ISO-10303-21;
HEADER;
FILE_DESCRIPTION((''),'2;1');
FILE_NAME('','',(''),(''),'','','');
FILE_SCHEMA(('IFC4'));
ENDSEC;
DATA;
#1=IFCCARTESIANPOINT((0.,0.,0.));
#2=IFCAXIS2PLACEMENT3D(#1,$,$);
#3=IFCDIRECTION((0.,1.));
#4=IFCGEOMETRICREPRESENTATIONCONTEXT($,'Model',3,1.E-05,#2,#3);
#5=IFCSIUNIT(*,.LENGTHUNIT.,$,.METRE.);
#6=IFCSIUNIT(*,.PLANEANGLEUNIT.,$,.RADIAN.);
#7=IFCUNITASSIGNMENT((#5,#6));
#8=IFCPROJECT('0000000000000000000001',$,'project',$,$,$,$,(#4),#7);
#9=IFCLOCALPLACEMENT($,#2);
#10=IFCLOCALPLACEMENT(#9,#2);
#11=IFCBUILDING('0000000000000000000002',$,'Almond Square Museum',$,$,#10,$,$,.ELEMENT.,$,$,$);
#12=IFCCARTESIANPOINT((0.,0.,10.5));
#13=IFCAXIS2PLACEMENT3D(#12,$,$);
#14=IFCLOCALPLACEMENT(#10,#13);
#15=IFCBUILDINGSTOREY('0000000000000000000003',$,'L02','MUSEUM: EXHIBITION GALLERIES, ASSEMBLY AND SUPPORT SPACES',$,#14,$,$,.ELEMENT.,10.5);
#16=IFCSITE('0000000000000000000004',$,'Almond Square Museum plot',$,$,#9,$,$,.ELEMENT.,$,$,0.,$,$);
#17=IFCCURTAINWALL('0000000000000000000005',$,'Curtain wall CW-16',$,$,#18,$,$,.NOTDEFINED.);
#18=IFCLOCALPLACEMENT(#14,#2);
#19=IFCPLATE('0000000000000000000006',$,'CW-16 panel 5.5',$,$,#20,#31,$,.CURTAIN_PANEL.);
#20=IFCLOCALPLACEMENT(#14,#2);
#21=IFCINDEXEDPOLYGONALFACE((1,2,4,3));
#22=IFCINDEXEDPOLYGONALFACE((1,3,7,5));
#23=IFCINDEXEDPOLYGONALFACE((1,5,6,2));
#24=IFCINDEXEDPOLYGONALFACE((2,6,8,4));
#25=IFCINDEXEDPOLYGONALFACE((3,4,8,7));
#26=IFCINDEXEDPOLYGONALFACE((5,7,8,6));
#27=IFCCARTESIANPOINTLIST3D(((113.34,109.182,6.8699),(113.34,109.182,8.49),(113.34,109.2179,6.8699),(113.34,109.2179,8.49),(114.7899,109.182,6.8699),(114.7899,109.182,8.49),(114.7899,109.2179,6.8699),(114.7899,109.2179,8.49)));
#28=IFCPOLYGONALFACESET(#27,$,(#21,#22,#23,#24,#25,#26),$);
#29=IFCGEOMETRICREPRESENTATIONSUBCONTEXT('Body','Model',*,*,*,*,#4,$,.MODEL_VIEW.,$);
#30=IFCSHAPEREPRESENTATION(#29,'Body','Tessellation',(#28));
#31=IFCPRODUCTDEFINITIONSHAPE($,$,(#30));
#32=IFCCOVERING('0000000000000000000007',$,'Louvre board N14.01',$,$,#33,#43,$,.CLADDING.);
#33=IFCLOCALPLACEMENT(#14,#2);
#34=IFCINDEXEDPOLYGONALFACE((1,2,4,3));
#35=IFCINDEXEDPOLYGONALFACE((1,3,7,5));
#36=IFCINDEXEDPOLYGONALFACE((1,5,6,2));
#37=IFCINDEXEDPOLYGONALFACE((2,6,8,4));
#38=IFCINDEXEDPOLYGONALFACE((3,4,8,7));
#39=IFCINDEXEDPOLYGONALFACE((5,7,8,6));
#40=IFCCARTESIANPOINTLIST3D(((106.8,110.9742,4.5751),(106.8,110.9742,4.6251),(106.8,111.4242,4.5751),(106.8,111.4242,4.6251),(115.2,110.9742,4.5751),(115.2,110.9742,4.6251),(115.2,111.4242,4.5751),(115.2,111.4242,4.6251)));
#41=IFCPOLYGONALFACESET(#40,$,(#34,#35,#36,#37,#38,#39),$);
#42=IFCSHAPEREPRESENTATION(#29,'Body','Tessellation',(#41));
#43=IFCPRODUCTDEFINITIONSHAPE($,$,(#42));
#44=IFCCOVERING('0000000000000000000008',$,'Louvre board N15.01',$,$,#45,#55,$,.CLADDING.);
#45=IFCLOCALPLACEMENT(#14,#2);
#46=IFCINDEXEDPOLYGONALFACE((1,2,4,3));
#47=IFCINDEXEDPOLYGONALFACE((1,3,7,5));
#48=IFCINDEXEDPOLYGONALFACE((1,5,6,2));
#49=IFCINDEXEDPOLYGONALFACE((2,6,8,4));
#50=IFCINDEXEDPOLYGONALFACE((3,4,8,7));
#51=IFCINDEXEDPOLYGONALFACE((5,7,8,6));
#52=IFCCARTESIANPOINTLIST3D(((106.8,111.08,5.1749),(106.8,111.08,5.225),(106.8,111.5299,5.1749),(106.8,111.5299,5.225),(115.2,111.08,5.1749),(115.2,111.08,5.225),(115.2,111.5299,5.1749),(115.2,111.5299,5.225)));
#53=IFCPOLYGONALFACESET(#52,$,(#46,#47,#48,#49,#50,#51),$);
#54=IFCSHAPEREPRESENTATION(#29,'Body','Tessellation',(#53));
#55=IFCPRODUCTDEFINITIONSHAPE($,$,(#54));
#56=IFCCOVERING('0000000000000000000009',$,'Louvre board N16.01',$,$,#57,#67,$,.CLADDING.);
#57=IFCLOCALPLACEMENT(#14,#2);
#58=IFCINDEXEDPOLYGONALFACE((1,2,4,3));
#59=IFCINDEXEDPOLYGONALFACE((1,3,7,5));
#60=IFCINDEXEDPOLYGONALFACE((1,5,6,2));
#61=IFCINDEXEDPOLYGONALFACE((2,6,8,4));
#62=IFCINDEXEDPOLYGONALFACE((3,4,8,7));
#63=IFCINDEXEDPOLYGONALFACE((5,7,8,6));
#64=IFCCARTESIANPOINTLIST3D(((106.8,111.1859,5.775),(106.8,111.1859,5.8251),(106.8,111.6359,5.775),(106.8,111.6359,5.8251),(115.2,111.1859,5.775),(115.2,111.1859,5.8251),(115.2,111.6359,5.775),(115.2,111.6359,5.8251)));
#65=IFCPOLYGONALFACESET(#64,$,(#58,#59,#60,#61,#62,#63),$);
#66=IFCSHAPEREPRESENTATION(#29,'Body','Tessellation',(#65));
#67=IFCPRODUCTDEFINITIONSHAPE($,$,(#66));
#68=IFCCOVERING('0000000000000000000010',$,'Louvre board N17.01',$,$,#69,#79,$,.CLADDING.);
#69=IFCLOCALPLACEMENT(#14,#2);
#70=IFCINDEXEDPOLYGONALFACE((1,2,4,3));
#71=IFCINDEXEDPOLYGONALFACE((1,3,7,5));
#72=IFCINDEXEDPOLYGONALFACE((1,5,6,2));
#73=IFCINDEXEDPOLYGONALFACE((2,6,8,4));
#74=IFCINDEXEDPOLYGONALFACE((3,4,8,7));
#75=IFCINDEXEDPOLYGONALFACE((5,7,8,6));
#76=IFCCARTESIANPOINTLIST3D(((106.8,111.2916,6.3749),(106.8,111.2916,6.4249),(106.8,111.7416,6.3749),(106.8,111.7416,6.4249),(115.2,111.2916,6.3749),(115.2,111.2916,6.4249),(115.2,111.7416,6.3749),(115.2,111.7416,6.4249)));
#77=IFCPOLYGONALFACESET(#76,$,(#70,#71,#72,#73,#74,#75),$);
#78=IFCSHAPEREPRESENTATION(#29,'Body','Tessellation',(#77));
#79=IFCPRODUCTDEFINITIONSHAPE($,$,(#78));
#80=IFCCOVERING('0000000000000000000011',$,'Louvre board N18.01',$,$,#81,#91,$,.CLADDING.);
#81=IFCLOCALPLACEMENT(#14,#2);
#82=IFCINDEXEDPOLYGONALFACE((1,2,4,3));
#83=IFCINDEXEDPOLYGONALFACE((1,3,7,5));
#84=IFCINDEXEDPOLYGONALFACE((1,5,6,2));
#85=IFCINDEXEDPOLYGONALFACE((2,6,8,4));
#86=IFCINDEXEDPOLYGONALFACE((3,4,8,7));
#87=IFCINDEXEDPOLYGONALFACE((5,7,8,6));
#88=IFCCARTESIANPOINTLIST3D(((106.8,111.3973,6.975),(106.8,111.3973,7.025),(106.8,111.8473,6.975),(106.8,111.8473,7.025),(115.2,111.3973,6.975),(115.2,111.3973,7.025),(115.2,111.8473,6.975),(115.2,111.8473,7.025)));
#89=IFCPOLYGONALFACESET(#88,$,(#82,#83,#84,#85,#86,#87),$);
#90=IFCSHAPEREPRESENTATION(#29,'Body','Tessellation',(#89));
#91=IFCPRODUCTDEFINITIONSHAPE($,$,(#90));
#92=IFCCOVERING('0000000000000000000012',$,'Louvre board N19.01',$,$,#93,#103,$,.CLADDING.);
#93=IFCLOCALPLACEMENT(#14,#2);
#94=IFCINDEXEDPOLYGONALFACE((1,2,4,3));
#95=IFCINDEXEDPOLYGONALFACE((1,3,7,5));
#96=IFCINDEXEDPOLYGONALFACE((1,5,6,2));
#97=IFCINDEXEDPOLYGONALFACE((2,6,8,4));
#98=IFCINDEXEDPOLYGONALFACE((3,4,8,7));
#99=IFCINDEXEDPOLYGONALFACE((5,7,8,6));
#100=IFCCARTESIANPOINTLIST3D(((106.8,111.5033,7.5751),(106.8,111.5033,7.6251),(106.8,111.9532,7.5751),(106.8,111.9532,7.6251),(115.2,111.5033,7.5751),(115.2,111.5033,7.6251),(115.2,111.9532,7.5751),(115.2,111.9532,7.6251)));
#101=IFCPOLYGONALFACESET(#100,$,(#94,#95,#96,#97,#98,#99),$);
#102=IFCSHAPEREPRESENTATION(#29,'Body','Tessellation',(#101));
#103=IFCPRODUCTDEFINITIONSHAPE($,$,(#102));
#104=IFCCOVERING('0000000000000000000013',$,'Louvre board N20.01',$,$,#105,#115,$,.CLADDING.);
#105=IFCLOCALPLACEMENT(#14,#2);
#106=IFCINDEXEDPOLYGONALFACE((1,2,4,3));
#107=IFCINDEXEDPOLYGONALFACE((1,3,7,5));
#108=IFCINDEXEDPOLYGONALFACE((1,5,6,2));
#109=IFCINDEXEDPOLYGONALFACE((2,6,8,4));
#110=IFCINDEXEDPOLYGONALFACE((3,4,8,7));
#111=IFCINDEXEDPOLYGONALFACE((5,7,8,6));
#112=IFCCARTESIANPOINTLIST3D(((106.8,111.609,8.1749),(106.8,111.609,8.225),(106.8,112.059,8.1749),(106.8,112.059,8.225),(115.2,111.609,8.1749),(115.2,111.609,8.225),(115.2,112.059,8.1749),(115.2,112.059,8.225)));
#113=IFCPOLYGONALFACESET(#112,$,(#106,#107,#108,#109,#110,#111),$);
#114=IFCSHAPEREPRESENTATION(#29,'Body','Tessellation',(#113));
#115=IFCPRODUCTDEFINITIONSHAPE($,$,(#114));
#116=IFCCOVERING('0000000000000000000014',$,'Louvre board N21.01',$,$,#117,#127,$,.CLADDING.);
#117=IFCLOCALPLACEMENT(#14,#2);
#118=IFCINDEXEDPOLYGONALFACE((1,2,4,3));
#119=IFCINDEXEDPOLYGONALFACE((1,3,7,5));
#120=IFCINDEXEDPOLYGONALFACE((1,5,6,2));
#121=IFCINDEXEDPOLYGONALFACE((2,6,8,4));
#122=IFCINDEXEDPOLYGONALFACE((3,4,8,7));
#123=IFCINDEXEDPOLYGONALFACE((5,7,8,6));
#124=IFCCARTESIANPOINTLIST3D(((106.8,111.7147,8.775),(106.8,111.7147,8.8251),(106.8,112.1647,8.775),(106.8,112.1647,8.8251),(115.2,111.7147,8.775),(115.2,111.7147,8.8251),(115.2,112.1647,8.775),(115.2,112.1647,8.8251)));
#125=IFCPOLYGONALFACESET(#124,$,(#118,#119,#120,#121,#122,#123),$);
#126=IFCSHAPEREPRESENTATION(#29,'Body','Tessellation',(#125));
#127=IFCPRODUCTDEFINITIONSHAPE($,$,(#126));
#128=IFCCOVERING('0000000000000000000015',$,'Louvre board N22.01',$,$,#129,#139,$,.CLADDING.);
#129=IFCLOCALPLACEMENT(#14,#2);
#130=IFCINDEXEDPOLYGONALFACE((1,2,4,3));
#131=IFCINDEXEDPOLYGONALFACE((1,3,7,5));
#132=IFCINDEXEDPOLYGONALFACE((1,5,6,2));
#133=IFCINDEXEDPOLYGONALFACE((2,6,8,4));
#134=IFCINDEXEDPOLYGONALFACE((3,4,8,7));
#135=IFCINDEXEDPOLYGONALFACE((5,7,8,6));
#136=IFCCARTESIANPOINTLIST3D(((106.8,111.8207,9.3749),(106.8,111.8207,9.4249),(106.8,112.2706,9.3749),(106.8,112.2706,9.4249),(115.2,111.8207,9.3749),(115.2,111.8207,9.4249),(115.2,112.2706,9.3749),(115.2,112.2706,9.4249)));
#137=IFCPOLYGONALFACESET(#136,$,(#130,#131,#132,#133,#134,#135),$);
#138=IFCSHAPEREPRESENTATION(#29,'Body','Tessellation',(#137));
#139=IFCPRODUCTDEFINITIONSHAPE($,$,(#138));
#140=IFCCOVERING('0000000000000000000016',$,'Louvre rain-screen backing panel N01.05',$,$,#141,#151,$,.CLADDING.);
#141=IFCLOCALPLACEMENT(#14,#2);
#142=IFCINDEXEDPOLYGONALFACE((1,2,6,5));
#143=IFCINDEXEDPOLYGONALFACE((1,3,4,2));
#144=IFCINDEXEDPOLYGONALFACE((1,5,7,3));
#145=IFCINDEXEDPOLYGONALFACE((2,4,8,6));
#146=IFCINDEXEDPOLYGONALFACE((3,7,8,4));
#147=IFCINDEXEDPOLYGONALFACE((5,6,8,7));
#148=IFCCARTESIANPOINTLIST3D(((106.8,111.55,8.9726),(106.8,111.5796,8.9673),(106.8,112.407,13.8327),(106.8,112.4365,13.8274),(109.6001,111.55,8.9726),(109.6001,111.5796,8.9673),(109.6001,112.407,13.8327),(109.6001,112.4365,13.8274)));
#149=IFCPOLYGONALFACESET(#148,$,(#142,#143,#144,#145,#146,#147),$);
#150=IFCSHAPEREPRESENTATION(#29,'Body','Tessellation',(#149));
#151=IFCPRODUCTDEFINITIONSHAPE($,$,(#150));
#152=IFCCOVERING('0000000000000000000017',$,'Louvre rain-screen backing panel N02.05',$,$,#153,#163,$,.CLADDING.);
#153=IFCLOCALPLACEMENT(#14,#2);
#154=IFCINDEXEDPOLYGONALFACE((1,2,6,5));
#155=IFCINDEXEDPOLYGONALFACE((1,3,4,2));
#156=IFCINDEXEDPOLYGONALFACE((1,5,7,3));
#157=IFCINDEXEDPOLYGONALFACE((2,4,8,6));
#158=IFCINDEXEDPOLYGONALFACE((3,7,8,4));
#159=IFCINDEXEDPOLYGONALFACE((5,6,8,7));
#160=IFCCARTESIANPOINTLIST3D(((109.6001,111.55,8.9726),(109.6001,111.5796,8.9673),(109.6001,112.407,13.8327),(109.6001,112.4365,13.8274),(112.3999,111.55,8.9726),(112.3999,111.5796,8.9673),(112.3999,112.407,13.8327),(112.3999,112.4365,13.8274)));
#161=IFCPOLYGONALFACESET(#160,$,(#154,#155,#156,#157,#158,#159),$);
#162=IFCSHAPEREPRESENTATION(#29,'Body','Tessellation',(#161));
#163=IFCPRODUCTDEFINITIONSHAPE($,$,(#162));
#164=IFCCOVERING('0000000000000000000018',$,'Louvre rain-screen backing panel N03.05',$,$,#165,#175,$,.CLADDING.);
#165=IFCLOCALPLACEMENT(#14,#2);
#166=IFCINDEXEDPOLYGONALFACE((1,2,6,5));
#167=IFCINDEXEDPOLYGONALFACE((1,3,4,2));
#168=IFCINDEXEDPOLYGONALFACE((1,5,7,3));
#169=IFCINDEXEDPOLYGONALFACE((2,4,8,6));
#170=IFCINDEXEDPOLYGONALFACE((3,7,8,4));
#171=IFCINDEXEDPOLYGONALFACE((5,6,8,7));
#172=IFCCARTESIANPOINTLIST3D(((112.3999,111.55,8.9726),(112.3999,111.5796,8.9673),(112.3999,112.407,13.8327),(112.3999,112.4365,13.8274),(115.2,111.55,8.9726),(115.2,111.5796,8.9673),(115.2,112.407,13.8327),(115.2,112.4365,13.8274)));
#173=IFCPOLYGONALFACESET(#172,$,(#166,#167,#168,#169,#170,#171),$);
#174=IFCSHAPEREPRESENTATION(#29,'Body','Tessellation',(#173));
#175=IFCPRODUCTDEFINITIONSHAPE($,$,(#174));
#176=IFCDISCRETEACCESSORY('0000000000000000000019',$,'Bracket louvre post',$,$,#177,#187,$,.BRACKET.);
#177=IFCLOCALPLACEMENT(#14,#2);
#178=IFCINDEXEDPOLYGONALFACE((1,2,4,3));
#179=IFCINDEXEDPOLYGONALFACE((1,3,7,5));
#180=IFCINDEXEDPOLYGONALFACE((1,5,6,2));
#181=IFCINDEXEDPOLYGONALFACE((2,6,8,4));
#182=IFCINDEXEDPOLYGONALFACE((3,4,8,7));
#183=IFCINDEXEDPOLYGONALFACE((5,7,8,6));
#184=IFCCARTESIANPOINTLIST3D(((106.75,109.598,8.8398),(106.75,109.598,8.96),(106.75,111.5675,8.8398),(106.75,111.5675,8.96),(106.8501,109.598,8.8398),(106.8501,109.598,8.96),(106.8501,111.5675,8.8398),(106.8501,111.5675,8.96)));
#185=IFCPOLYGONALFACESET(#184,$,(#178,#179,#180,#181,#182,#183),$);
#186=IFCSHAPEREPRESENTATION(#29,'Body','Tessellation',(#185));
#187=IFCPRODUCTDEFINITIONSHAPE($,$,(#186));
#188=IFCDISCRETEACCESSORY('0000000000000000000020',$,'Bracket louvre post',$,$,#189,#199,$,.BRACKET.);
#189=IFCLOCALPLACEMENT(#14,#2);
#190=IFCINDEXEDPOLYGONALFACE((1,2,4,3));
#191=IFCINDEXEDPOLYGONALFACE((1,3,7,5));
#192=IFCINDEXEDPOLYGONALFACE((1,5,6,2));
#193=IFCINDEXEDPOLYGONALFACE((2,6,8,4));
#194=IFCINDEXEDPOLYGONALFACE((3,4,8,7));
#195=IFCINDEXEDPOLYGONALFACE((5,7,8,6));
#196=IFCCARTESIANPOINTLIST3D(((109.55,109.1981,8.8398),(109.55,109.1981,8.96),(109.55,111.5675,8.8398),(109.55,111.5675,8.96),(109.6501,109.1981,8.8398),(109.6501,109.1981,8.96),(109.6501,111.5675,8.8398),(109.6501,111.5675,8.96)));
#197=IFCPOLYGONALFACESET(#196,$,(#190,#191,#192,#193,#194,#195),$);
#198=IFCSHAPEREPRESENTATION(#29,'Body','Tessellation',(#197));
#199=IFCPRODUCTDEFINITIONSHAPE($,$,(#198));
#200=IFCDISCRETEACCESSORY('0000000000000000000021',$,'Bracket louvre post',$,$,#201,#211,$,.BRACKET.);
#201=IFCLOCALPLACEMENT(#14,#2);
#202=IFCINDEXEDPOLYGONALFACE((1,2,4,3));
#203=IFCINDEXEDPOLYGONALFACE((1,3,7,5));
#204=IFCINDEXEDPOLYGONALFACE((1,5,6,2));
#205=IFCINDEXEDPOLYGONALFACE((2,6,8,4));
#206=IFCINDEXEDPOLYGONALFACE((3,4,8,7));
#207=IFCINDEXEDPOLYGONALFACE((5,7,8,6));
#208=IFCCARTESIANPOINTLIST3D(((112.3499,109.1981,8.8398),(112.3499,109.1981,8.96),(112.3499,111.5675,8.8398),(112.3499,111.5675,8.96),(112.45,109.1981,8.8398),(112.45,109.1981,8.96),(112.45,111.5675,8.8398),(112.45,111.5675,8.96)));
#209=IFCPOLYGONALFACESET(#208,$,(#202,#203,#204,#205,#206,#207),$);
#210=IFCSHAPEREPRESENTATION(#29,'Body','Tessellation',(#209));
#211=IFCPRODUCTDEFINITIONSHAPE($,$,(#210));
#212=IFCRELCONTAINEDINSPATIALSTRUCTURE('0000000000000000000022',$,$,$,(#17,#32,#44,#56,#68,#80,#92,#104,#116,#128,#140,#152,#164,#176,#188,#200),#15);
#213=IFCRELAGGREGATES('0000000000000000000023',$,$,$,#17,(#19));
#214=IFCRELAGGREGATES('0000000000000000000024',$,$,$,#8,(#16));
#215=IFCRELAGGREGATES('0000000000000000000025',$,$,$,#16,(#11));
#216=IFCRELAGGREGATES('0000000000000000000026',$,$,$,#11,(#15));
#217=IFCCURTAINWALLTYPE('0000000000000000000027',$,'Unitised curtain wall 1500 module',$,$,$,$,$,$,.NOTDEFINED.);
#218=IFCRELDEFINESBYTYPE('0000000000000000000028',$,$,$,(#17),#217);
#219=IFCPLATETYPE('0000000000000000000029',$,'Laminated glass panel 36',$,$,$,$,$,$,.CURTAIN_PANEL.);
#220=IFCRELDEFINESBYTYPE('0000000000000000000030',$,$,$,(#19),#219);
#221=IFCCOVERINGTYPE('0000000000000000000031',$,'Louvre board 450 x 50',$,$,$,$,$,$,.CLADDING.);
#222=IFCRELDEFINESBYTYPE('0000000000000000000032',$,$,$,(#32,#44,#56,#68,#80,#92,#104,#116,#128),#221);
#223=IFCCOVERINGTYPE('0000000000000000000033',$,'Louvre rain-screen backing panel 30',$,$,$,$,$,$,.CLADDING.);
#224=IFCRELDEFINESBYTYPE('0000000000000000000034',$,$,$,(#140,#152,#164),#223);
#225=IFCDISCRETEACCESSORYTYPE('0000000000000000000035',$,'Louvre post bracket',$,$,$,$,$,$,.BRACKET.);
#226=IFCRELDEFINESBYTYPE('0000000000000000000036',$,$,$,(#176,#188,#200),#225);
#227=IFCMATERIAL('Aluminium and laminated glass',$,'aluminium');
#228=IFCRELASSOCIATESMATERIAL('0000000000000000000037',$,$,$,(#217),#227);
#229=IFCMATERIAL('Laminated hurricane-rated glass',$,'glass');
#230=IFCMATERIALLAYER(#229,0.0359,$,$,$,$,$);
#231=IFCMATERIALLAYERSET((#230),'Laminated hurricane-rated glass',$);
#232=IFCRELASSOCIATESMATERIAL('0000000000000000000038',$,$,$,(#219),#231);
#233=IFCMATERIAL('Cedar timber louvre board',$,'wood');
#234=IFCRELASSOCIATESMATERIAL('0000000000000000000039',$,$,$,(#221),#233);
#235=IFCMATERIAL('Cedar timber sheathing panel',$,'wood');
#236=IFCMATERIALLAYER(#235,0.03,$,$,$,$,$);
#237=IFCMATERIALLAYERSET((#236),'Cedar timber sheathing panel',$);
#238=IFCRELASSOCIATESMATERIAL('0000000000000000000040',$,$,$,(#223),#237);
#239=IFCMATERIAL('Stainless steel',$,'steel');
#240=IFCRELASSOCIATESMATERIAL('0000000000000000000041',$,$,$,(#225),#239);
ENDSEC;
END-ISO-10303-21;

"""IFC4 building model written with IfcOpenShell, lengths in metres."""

from ifc_helpers import new_model, si_unit, direction, frame, origin, origin_2d, place, context, subcontext, project, spatial, polyline, rectangle, outline, extrude, material, layer, layer_set, material_profile, profile_set, type_object, element, aggregate, save


model = new_model("IFC4")

# Units and contexts
model_context = context("Model", 3, precision=1e-05, world=origin(), true_north=direction((0.0, 1.0)))
body_context = subcontext(model_context, "Body", "Model", "MODEL_VIEW")
ifc_project = project(units=[si_unit("LENGTHUNIT", "METRE"), si_unit("PLANEANGLEUNIT", "RADIAN")], contexts=[model_context])

# Site, building, storey
site_placement = place(None, origin())
site = spatial("IfcSite", under=ifc_project, at=site_placement, Name="Almond Square Museum plot", CompositionType="ELEMENT", RefElevation=0.0)
building_placement = place(site_placement, origin())
building = spatial("IfcBuilding", under=site, at=building_placement, Name="Almond Square Museum", CompositionType="ELEMENT")
storey_placement = place(building_placement, frame((0.0, 0.0, 10.5)))
storey = spatial("IfcBuildingStorey", under=building, at=storey_placement, Name="L02", Description="MUSEUM: EXHIBITION GALLERIES, ASSEMBLY AND SUPPORT SPACES", CompositionType="ELEMENT", Elevation=10.5)

# Curtain wall, plate
ifc_material_1 = material(Name="Aluminium and laminated glass", Category="aluminium")
curtain_wall_type = type_object("IfcCurtainWallType", Name="Unitised curtain wall 1500 module", PredefinedType="NOTDEFINED", material=ifc_material_1)
curtain_wall_placement = place(storey_placement, origin())
curtain_wall = element("IfcCurtainWall", 1, at=curtain_wall_placement, inside=storey, type_object=curtain_wall_type, Name="Curtain wall CW-16", PredefinedType="NOTDEFINED")
ifc_material_2 = material(Name="Laminated hurricane-rated glass", Category="glass")
ifc_layer_1 = layer(ifc_material_2, 0.0359)
ifc_layer_set_1 = layer_set([ifc_layer_1], Name="Laminated hurricane-rated glass")
plate_type = type_object("IfcPlateType", Name="Laminated glass panel 36", PredefinedType="CURTAIN_PANEL", material=ifc_layer_set_1)
plate_1_placement = place(storey_placement, frame((114.0649, 109.2, 6.8699), z_axis=(0.0, 0.0, 1.0), x_axis=(1.0, 0.0, 0.0)))
plate_1 = element("IfcPlate", 2, at=plate_1_placement, type_object=plate_type, Name="CW-16 panel 5.5", PredefinedType="CURTAIN_PANEL", context=body_context, shape_type="SweptSolid", body=[
    extrude(rectangle(XDim=1.45, YDim=0.0359, at=origin_2d()), origin(), (0.0, 0.0, 1.0), 1.6201),
])
aggregate(curtain_wall, [plate_1])

# Coverings
ifc_material_3 = material(Name="Cedar timber louvre board", Category="wood")
ifc_material_profile_1 = material_profile(ifc_material_3, rectangle(XDim=0.45, YDim=0.05, at=origin_2d()))
ifc_profile_set_1 = profile_set([ifc_material_profile_1], Name="Cedar timber louvre board")
covering_type_1 = type_object("IfcCoveringType", Name="Louvre board 450 x 50", PredefinedType="CLADDING", material=ifc_profile_set_1)
for number, where, z_axis, x_axis, name in (
    (3, (106.8, 111.1992, 4.6001), (1.0, 0.0, 0.0), (0.0, 1.0, 0.0), "Louvre board N14.01"),
    (4, (106.8, 111.3049, 5.2), (1.0, 0.0, 0.0), (0.0, 1.0, 0.0), "Louvre board N15.01"),
    (5, (106.8, 111.4109, 5.8), (1.0, 0.0, 0.0), (0.0, 1.0, 0.0), "Louvre board N16.01"),
    (6, (106.8, 111.5166, 6.3999), (1.0, 0.0, 0.0), (0.0, 1.0, 0.0), "Louvre board N17.01"),
    (7, (106.8, 111.6223, 7.0), (1.0, 0.0, 0.0), (0.0, 1.0, 0.0), "Louvre board N18.01"),
    (8, (106.8, 111.7283, 7.6001), (1.0, 0.0, 0.0), (0.0, 1.0, 0.0), "Louvre board N19.01"),
    (9, (106.8, 111.834, 8.2), (1.0, 0.0, 0.0), (0.0, 1.0, 0.0), "Louvre board N20.01"),
    (10, (106.8, 111.9397, 8.8), (1.0, 0.0, 0.0), (0.0, 1.0, 0.0), "Louvre board N21.01"),
    (11, (106.8, 112.0457, 9.3999), (1.0, 0.0, 0.0), (0.0, 1.0, 0.0), "Louvre board N22.01"),
):
    element("IfcCovering", number, at=place(storey_placement, frame(where, z_axis=z_axis, x_axis=x_axis)), inside=storey, type_object=covering_type_1, Name=name, PredefinedType="CLADDING", context=body_context, shape_type="SweptSolid", body=[
        extrude(rectangle(XDim=0.45, YDim=0.05, at=origin_2d()), origin(), (0.0, 0.0, 1.0), 8.3999),
    ])
ifc_material_4 = material(Name="Cedar timber sheathing panel", Category="wood")
ifc_layer_2 = layer(ifc_material_4, 0.03)
ifc_layer_set_2 = layer_set([ifc_layer_2], Name="Cedar timber sheathing panel")
covering_type_2 = type_object("IfcCoveringType", Name="Louvre rain-screen backing panel 30", PredefinedType="CLADDING", material=ifc_layer_set_2)
covering_1_placement = place(storey_placement, frame((106.8, 111.5647, 8.97), z_axis=(0.0, -0.984809, 0.173641), x_axis=(1.0, 0.0, 0.0)))
element("IfcCovering", 12, at=covering_1_placement, inside=storey, type_object=covering_type_2, Name="Louvre rain-screen backing panel N01.05", PredefinedType="CLADDING", context=body_context, shape_type="SweptSolid", body=[
    extrude(outline(polyline([(0.0, 0.0), (2.8, 0.0), (2.8, 4.9351), (0.0, 4.9351), (0.0, 0.0)])), frame((0.0, 0.0, -0.0151)), (0.0, 0.0, 1.0), 0.03),
])
covering_2_placement = place(storey_placement, frame((109.6001, 111.5647, 8.97), z_axis=(0.0, -0.984809, 0.173641), x_axis=(1.0, 0.0, 0.0)))
element("IfcCovering", 13, at=covering_2_placement, inside=storey, type_object=covering_type_2, Name="Louvre rain-screen backing panel N02.05", PredefinedType="CLADDING", context=body_context, shape_type="SweptSolid", body=[
    extrude(outline(polyline([(0.0, 0.0), (2.7998, 0.0), (2.7998, 4.9351), (0.0, 4.9351), (0.0, 0.0)])), frame((0.0, 0.0, -0.0151)), (0.0, 0.0, 1.0), 0.03),
])
covering_3_placement = place(storey_placement, frame((112.3999, 111.5647, 8.97), z_axis=(0.0, -0.984809, 0.173641), x_axis=(1.0, 0.0, 0.0)))
element("IfcCovering", 14, at=covering_3_placement, inside=storey, type_object=covering_type_2, Name="Louvre rain-screen backing panel N03.05", PredefinedType="CLADDING", context=body_context, shape_type="SweptSolid", body=[
    extrude(outline(polyline([(0.0, 0.0), (2.8, 0.0), (2.8, 4.9351), (0.0, 4.9351), (0.0, 0.0)])), frame((0.0, 0.0, -0.0151)), (0.0, 0.0, 1.0), 0.03),
])

# Discrete accessories
ifc_material_5 = material(Name="Stainless steel", Category="steel")
discrete_accessory_type = type_object("IfcDiscreteAccessoryType", Name="Louvre post bracket", PredefinedType="BRACKET", material=ifc_material_5)
discrete_accessory_1_placement = place(storey_placement, frame((106.8, 110.5828, 8.8398), z_axis=(0.0, 0.0, 1.0), x_axis=(1.0, 0.0, 0.0)))
element("IfcDiscreteAccessory", 15, at=discrete_accessory_1_placement, inside=storey, type_object=discrete_accessory_type, Name="Bracket louvre post", PredefinedType="BRACKET", context=body_context, shape_type="SweptSolid", body=[
    extrude(rectangle(XDim=0.1001, YDim=1.9695, at=origin_2d()), origin(), (0.0, 0.0, 1.0), 0.1201),
])
for number, where, z_axis, x_axis, name in (
    (16, (109.6001, 110.3828, 8.8398), (0.0, 0.0, 1.0), (1.0, 0.0, 0.0), "Bracket louvre post"),
    (17, (112.3999, 110.3828, 8.8398), (0.0, 0.0, 1.0), (1.0, 0.0, 0.0), "Bracket louvre post"),
):
    element("IfcDiscreteAccessory", number, at=place(storey_placement, frame(where, z_axis=z_axis, x_axis=x_axis)), inside=storey, type_object=discrete_accessory_type, Name=name, PredefinedType="BRACKET", context=body_context, shape_type="SweptSolid", body=[
        extrude(rectangle(XDim=0.1001, YDim=2.3694, at=origin_2d()), origin(), (0.0, 0.0, 1.0), 0.1201),
    ])

save(model, "model.ifc")
